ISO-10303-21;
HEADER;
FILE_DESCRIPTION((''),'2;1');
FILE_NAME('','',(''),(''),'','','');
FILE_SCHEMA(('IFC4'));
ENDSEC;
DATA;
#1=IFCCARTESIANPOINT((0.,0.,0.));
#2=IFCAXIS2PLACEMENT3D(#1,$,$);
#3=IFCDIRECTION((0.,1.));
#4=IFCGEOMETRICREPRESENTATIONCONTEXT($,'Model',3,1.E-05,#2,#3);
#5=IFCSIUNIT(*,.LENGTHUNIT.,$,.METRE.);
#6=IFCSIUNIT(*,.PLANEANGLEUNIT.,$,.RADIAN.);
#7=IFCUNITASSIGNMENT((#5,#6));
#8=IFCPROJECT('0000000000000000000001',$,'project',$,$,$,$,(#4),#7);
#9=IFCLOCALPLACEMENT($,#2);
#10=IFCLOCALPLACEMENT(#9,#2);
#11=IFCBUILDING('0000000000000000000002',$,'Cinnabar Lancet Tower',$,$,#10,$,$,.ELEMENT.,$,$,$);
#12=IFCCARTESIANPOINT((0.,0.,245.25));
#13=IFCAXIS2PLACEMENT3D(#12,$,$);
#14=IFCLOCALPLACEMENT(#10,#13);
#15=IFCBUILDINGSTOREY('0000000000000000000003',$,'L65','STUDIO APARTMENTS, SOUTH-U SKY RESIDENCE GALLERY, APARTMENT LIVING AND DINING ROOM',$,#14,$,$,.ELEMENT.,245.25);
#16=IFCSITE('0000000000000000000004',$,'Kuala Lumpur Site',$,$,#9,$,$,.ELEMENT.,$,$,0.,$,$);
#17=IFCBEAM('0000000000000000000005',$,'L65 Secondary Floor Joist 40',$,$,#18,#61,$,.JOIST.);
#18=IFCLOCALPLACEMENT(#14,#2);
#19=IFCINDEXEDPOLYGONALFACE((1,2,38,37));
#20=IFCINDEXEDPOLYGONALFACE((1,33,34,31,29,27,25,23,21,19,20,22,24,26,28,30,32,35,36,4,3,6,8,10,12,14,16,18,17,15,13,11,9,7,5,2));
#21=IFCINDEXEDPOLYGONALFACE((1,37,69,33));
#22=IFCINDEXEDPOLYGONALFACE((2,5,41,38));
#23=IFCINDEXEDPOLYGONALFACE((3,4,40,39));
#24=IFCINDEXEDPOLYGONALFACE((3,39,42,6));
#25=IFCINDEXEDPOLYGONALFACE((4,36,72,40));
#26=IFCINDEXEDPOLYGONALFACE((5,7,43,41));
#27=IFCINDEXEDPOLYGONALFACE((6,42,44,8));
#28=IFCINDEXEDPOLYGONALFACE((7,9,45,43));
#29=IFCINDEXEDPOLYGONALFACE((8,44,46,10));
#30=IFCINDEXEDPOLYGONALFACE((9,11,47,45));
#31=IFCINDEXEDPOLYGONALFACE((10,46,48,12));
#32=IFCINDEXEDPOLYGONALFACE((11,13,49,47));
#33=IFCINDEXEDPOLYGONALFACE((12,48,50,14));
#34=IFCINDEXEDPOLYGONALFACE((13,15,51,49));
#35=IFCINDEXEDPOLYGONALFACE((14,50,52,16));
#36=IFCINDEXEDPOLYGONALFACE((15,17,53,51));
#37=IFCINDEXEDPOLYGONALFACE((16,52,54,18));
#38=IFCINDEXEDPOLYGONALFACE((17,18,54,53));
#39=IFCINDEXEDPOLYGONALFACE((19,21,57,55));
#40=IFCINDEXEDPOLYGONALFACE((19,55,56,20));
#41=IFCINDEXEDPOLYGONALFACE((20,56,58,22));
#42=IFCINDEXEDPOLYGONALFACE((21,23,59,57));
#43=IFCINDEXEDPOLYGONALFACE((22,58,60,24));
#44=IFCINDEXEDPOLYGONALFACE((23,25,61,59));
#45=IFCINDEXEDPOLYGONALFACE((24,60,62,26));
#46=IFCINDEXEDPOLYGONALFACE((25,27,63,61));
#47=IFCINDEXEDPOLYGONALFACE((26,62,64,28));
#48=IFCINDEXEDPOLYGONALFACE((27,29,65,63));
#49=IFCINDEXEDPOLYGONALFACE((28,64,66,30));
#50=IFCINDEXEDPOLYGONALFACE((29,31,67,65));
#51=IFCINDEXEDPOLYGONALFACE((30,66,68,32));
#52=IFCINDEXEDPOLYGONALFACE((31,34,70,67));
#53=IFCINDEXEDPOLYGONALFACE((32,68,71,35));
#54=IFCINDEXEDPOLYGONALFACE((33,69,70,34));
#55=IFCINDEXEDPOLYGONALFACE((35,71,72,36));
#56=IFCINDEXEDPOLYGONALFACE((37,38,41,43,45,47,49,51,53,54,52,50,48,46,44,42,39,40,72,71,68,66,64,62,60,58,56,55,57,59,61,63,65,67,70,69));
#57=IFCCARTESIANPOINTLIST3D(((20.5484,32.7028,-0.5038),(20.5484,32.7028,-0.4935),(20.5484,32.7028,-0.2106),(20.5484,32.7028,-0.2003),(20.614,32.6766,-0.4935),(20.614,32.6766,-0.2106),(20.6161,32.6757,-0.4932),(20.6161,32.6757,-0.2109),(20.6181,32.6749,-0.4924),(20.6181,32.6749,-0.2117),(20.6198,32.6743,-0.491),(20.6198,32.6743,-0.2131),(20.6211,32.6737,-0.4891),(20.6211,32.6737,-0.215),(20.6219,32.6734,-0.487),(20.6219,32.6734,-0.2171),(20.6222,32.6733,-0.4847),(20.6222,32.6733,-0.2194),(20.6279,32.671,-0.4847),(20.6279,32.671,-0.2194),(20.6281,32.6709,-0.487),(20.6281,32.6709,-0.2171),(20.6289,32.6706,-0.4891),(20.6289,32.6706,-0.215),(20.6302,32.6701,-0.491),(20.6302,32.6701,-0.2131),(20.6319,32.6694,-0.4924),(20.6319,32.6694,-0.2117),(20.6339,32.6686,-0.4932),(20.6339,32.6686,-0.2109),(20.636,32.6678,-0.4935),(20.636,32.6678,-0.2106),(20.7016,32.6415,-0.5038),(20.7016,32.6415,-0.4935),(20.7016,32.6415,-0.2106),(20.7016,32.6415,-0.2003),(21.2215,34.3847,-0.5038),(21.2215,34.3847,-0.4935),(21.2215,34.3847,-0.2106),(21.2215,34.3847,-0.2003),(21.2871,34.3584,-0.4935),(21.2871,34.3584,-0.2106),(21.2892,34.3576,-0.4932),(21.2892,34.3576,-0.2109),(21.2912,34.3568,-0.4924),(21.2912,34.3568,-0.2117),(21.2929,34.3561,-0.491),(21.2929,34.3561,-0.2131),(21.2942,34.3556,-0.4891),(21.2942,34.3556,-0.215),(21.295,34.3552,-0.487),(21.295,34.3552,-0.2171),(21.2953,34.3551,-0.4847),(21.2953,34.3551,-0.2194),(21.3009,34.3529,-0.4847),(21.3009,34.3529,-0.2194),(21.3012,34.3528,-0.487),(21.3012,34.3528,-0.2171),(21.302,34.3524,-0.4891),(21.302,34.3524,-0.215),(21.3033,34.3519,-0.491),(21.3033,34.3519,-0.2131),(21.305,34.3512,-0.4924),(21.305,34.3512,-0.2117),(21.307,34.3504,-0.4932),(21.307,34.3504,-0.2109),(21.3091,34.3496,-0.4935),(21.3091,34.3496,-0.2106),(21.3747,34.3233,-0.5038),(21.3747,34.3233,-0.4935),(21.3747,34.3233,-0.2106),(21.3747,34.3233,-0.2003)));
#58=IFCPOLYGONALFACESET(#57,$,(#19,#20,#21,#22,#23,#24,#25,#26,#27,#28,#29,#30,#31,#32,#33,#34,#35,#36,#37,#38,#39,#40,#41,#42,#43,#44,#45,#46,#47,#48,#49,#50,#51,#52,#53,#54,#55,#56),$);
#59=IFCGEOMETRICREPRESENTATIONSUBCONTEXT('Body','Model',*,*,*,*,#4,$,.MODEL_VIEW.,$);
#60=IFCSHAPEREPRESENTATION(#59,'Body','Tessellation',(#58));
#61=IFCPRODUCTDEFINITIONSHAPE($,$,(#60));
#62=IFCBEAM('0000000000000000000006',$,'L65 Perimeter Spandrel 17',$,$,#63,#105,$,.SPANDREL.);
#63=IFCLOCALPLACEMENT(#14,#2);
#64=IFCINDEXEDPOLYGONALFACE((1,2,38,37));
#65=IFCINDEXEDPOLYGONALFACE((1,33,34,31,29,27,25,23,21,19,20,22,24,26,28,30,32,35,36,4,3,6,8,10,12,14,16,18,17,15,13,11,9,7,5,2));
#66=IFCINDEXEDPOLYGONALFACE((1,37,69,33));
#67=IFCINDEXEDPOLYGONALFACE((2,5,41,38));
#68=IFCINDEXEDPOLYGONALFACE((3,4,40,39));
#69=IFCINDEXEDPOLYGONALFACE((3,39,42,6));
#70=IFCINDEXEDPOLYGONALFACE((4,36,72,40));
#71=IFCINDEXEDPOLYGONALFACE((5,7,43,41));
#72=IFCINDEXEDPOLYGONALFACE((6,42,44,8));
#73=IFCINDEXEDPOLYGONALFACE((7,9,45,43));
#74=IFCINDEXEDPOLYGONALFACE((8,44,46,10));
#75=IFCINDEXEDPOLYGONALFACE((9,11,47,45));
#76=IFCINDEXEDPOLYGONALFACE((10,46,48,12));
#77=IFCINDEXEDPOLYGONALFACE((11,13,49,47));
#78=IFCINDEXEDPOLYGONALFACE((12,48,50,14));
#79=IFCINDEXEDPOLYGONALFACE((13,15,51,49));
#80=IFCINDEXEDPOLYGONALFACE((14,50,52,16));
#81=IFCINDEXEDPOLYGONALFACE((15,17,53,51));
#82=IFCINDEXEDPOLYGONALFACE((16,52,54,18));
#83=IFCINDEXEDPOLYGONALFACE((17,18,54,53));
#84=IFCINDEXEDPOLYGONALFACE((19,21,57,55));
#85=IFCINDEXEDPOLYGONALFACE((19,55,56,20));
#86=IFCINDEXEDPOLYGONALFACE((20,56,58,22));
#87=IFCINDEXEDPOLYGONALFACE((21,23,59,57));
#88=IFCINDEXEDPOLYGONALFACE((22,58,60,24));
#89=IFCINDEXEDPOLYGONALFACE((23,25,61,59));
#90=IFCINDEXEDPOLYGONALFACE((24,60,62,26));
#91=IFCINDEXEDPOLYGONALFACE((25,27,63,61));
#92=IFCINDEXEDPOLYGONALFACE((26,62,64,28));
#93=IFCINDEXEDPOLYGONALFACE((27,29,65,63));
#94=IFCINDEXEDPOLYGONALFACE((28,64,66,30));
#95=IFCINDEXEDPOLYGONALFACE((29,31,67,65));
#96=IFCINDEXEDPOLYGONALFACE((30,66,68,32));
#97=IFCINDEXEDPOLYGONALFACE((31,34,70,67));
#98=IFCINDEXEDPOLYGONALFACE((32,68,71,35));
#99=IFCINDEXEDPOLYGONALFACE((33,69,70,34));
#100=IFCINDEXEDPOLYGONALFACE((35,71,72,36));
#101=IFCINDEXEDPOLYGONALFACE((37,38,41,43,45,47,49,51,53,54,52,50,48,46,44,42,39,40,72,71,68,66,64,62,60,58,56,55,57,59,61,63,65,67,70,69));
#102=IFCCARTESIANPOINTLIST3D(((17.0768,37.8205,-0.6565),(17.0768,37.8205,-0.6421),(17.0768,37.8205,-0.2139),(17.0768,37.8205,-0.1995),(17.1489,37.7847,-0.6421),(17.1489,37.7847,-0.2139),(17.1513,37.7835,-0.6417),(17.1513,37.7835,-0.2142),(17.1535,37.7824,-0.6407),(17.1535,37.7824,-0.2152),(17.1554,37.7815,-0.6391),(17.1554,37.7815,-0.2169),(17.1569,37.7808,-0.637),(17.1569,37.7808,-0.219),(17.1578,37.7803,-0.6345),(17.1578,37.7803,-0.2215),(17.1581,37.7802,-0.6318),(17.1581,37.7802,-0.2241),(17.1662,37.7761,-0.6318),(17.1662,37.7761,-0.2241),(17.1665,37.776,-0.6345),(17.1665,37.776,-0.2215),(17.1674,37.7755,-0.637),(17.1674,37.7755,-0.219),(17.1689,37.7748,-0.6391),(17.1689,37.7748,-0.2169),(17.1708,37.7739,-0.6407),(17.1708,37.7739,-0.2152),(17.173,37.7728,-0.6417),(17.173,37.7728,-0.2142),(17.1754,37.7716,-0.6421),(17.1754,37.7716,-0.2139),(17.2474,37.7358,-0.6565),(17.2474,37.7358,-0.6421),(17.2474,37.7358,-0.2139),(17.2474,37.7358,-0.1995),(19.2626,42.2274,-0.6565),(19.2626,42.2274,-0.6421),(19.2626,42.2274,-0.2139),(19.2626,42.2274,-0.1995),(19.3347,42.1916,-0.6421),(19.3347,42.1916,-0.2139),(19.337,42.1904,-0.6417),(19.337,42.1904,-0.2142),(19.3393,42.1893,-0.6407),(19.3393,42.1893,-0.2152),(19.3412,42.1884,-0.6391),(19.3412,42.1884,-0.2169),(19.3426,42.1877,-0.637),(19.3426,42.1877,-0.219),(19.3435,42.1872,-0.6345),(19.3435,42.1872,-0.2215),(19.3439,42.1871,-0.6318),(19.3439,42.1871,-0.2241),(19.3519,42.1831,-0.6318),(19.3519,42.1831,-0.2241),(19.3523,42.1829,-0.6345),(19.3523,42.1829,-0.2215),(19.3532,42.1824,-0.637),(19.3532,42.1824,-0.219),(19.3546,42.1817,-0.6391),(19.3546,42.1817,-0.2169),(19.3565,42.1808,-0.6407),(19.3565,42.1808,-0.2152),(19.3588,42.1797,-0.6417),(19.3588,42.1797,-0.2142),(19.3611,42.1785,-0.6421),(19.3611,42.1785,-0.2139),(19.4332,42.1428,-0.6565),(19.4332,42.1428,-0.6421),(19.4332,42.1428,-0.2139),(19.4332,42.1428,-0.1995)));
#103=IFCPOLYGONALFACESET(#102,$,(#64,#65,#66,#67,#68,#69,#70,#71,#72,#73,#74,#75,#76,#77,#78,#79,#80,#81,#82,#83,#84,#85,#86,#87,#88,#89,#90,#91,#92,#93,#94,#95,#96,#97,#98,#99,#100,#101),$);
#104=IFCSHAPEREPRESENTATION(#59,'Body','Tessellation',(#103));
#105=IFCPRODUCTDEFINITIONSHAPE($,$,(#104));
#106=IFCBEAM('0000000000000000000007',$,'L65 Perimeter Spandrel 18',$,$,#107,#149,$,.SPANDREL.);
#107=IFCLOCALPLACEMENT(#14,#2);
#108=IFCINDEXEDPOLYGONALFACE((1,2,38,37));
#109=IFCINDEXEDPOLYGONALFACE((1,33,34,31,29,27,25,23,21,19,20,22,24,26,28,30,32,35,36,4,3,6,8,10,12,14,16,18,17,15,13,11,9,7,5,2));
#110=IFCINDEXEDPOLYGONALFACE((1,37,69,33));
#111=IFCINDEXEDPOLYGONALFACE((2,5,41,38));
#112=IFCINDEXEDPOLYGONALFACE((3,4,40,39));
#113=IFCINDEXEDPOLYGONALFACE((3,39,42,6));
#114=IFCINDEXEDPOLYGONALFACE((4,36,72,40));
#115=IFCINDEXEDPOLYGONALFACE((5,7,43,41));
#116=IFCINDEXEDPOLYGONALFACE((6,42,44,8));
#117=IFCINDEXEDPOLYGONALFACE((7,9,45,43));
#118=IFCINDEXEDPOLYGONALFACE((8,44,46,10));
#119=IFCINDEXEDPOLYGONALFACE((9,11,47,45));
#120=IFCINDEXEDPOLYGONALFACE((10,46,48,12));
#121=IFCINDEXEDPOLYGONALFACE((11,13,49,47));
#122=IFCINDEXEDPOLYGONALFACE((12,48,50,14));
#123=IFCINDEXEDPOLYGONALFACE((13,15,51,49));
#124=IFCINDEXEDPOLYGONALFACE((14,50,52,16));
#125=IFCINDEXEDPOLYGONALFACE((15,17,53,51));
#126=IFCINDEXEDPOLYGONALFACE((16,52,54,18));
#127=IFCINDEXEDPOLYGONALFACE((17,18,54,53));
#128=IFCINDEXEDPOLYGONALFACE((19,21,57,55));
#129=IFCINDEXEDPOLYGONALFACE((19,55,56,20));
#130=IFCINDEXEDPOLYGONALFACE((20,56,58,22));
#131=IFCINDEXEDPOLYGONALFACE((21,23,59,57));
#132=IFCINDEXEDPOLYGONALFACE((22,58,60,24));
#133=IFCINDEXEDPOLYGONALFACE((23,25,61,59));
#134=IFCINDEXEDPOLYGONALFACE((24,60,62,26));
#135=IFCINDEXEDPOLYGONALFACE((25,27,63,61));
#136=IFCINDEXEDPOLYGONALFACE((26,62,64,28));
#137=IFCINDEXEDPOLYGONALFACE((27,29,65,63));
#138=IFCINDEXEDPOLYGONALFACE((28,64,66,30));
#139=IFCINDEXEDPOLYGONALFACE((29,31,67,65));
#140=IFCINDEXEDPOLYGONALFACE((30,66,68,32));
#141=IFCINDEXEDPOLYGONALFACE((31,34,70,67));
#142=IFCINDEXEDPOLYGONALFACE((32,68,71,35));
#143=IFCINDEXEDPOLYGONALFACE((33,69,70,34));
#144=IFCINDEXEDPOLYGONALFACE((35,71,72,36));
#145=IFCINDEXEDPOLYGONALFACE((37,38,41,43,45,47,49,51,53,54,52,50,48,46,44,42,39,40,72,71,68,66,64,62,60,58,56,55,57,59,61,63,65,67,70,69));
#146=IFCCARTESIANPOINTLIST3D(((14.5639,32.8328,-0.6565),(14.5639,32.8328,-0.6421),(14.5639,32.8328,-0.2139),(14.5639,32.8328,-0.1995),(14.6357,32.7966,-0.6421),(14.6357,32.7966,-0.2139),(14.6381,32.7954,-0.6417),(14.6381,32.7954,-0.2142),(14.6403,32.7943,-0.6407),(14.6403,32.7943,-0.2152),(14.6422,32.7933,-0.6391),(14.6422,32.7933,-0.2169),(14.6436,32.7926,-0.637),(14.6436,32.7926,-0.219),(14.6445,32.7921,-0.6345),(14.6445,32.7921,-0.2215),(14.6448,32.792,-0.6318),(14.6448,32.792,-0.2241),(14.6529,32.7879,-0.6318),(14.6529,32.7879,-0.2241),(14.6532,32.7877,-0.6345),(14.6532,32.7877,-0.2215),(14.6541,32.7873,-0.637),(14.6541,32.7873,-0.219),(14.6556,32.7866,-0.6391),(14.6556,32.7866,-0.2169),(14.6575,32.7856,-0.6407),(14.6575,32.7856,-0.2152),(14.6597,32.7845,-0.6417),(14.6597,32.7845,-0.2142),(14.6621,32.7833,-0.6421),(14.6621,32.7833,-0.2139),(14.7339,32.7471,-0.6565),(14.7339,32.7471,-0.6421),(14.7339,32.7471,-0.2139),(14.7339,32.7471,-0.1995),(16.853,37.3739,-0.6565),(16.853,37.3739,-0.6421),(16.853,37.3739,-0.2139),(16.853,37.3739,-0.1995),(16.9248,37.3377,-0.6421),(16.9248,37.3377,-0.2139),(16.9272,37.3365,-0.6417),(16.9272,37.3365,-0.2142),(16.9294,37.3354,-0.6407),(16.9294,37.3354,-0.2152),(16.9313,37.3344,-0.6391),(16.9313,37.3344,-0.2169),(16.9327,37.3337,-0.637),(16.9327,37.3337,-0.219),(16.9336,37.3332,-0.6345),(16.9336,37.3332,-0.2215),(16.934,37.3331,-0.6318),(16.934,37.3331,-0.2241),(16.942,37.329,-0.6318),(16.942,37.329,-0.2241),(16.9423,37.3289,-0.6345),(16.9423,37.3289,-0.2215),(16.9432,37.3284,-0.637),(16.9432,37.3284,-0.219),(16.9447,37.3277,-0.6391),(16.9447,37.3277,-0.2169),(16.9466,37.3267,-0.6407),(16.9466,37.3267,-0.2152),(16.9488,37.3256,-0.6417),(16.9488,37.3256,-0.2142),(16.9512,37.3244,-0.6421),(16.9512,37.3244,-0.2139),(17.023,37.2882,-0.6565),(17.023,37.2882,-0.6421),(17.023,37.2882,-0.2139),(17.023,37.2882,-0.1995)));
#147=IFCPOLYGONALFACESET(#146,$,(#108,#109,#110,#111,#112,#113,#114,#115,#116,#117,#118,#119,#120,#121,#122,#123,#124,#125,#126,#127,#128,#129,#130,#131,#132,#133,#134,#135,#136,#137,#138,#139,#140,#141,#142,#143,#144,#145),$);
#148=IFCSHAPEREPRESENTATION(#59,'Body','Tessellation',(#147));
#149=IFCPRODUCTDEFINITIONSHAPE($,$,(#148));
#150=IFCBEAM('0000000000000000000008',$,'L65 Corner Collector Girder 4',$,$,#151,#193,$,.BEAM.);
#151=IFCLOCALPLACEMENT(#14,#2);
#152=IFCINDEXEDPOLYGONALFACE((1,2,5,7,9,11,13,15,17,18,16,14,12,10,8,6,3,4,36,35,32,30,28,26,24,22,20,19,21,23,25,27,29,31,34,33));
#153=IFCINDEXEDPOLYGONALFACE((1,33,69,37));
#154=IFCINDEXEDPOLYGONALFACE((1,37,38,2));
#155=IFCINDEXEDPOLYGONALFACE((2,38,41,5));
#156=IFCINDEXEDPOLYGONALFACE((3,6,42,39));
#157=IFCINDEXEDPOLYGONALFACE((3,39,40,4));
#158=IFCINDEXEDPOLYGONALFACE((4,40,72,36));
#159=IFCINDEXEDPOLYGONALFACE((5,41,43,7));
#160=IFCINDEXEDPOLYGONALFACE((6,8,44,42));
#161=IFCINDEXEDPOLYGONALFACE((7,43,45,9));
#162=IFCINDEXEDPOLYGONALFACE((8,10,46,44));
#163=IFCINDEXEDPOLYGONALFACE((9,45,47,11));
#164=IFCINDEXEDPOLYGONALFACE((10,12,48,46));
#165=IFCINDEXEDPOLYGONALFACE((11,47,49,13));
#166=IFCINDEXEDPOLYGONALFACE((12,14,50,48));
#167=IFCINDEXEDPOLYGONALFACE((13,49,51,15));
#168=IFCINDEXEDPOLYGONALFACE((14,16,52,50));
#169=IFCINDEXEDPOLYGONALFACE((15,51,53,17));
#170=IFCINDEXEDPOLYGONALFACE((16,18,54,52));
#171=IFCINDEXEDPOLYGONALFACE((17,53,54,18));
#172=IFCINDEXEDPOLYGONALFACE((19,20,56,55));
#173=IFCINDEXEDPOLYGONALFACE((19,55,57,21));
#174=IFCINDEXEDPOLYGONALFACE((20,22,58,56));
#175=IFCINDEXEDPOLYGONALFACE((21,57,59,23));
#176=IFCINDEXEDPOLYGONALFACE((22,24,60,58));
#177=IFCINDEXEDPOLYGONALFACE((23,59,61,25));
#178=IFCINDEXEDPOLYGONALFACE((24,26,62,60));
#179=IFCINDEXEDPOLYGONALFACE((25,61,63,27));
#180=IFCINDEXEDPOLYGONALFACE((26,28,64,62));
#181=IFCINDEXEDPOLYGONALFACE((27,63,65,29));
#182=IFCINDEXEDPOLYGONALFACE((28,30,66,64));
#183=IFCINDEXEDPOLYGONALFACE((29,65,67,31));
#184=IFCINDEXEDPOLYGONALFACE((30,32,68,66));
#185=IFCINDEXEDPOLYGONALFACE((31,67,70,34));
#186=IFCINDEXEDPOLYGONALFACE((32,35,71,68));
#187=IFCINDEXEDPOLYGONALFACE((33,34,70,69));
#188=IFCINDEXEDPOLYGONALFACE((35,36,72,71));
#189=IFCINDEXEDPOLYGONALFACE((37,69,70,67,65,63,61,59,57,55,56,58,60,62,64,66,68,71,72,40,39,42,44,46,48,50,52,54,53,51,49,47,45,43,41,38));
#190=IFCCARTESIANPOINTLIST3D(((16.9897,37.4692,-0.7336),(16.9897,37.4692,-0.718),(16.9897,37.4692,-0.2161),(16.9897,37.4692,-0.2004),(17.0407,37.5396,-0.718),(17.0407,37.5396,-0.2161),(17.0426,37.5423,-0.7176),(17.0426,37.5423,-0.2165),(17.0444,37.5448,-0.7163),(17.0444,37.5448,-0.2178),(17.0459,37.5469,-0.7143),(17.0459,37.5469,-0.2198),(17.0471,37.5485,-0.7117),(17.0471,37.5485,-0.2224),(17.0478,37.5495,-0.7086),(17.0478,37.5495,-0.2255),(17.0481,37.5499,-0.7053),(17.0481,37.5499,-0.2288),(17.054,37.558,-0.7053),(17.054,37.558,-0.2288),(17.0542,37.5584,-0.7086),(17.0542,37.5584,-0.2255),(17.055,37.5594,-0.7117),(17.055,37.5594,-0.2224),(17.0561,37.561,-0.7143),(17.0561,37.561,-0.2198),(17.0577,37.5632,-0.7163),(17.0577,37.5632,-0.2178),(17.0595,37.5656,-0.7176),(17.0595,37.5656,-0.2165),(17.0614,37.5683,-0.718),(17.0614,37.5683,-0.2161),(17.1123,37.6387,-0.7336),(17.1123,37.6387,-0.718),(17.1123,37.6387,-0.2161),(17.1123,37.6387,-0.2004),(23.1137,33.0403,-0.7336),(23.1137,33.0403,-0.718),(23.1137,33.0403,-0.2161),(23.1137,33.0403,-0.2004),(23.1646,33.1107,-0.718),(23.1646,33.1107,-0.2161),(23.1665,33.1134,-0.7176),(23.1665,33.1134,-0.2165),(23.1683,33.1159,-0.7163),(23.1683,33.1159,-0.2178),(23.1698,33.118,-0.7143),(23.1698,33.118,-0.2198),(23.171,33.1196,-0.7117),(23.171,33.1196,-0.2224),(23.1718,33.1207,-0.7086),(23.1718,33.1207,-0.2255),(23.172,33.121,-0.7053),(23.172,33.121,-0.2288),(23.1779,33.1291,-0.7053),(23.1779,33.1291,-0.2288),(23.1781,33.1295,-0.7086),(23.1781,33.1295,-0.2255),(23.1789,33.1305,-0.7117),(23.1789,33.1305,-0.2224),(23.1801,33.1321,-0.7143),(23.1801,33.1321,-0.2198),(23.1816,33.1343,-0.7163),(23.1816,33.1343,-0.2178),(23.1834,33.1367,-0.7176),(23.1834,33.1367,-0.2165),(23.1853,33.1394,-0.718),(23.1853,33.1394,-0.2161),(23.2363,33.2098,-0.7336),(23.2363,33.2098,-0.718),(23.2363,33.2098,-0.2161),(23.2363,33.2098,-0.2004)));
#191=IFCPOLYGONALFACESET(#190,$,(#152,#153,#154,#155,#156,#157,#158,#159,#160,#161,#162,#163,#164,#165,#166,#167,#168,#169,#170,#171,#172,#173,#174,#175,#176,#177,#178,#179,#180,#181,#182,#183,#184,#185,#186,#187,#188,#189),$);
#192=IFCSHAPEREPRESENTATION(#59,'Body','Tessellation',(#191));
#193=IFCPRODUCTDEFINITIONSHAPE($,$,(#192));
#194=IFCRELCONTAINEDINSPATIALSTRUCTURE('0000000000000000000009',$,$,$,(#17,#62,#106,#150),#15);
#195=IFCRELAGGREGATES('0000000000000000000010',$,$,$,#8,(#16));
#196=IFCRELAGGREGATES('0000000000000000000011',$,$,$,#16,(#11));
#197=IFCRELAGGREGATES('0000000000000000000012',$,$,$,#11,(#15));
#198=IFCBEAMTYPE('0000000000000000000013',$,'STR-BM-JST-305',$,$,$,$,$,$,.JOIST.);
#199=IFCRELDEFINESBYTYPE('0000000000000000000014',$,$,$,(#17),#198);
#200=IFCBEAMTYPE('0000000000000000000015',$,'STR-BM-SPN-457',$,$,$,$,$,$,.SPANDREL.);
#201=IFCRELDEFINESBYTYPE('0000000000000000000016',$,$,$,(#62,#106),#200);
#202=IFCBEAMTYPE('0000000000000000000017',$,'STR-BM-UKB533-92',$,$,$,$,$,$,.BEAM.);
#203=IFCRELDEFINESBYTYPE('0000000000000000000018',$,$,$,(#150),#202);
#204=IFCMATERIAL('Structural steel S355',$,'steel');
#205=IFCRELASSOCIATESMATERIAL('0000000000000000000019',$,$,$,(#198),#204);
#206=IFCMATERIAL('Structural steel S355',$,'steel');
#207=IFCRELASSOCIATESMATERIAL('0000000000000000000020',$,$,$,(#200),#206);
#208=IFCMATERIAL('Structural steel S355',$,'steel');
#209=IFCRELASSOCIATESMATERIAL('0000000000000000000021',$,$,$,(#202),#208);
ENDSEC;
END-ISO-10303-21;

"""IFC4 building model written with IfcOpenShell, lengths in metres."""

from ifc_helpers import new_model, si_unit, direction, frame, origin, origin_2d, place, context, subcontext, project, spatial, i_section, extrude, material, material_profile, profile_set, type_object, element, save


model = new_model("IFC4")

# Units and contexts
model_context = context("Model", 3, precision=1e-05, world=origin(), true_north=direction((0.0, 1.0)))
body_context = subcontext(model_context, "Body", "Model", "MODEL_VIEW")
ifc_project = project(units=[si_unit("LENGTHUNIT", "METRE"), si_unit("PLANEANGLEUNIT", "RADIAN")], contexts=[model_context])

# Site, building, storey
site_placement = place(None, origin())
site = spatial("IfcSite", under=ifc_project, at=site_placement, Name="Kuala Lumpur Site", CompositionType="ELEMENT", RefElevation=0.0)
building_placement = place(site_placement, origin())
building = spatial("IfcBuilding", under=site, at=building_placement, Name="Cinnabar Lancet Tower", CompositionType="ELEMENT")
storey_placement = place(building_placement, frame((0.0, 0.0, 245.25)))
storey = spatial("IfcBuildingStorey", under=building, at=storey_placement, Name="L65", Description="STUDIO APARTMENTS, SOUTH-U SKY RESIDENCE GALLERY, APARTMENT LIVING AND DINING ROOM", CompositionType="ELEMENT", Elevation=245.25)

# Beams
ifc_material_1 = material(Name="Structural steel S355", Category="steel")
ifc_material_profile_1 = material_profile(ifc_material_1, i_section(OverallWidth=0.165, OverallDepth=0.3035, WebThickness=0.0061, FlangeThickness=0.0103, FilletRadius=0.0088, at=origin_2d()), Name="UKB 305x165x40")
ifc_profile_set_1 = profile_set([ifc_material_profile_1], Name="Structural steel S355")
beam_type_1 = type_object("IfcBeamType", Name="STR-BM-JST-305", PredefinedType="JOIST", material=ifc_profile_set_1)
beam_1_placement = place(storey_placement, frame((21.2981, 34.354, -0.3521), z_axis=(-0.371553, -0.928412, 0.0), x_axis=(0.928412, -0.371553, 0.0)))
element("IfcBeam", 1, at=beam_1_placement, inside=storey, type_object=beam_type_1, Name="L65 Secondary Floor Joist 40", PredefinedType="JOIST", context=body_context, shape_type="SweptSolid", body=[
    extrude(i_section(OverallWidth=0.165, OverallDepth=0.3035, WebThickness=0.0061, FlangeThickness=0.0103, FilletRadius=0.0088, at=origin_2d()), origin(), (0.0, 0.0, 1.0), 1.8115),
])
ifc_material_2 = material(Name="Structural steel S355", Category="steel")
ifc_material_profile_2 = material_profile(ifc_material_2, i_section(OverallWidth=0.1904, OverallDepth=0.457, WebThickness=0.009, FlangeThickness=0.0144, FilletRadius=0.0103, at=origin_2d()), Name="UKB 457x191x74")
ifc_profile_set_2 = profile_set([ifc_material_profile_2], Name="Structural steel S355")
beam_type_2 = type_object("IfcBeamType", Name="STR-BM-SPN-457", PredefinedType="SPANDREL", material=ifc_profile_set_2)
beam_2_placement = place(storey_placement, frame((19.3479, 42.1851, -0.428), z_axis=(-0.444333, -0.895862, 0.0), x_axis=(0.895862, -0.444333, 0.0)))
element("IfcBeam", 2, at=beam_2_placement, inside=storey, type_object=beam_type_2, Name="L65 Perimeter Spandrel 17", PredefinedType="SPANDREL", context=body_context, shape_type="SweptSolid", body=[
    extrude(i_section(OverallWidth=0.1904, OverallDepth=0.457, WebThickness=0.009, FlangeThickness=0.0144, FilletRadius=0.0103, at=origin_2d()), origin(), (0.0, 0.0, 1.0), 4.9192),
])
beam_3_placement = place(storey_placement, frame((16.938, 37.3311, -0.428), z_axis=(-0.45013, -0.892963, 0.0), x_axis=(0.892963, -0.45013, 0.0)))
element("IfcBeam", 3, at=beam_3_placement, inside=storey, type_object=beam_type_2, Name="L65 Perimeter Spandrel 18", PredefinedType="SPANDREL", context=body_context, shape_type="SweptSolid", body=[
    extrude(i_section(OverallWidth=0.1904, OverallDepth=0.457, WebThickness=0.009, FlangeThickness=0.0144, FilletRadius=0.0103, at=origin_2d()), origin(), (0.0, 0.0, 1.0), 5.0854),
])
ifc_material_3 = material(Name="Structural steel S355", Category="steel")
ifc_material_profile_3 = material_profile(ifc_material_3, i_section(OverallWidth=0.2092, OverallDepth=0.5332, WebThickness=0.01, FlangeThickness=0.0156, FilletRadius=0.0127, at=origin_2d()), Name="UKB 533x210x92")
ifc_profile_set_3 = profile_set([ifc_material_profile_3], Name="Structural steel S355")
beam_type_3 = type_object("IfcBeamType", Name="STR-BM-UKB533-92", PredefinedType="BEAM", material=ifc_profile_set_3)
beam_4_placement = place(storey_placement, frame((17.051, 37.554, -0.467), z_axis=(0.810299, -0.586016, 0.0), x_axis=(0.586016, 0.810299, 0.0)))
element("IfcBeam", 4, at=beam_4_placement, inside=storey, type_object=beam_type_3, Name="L65 Corner Collector Girder 4", PredefinedType="BEAM", context=body_context, shape_type="SweptSolid", body=[
    extrude(i_section(OverallWidth=0.2092, OverallDepth=0.5332, WebThickness=0.01, FlangeThickness=0.0156, FilletRadius=0.0127, at=origin_2d()), origin(), (0.0, 0.0, 1.0), 7.5576),
])

save(model, "model.ifc")
